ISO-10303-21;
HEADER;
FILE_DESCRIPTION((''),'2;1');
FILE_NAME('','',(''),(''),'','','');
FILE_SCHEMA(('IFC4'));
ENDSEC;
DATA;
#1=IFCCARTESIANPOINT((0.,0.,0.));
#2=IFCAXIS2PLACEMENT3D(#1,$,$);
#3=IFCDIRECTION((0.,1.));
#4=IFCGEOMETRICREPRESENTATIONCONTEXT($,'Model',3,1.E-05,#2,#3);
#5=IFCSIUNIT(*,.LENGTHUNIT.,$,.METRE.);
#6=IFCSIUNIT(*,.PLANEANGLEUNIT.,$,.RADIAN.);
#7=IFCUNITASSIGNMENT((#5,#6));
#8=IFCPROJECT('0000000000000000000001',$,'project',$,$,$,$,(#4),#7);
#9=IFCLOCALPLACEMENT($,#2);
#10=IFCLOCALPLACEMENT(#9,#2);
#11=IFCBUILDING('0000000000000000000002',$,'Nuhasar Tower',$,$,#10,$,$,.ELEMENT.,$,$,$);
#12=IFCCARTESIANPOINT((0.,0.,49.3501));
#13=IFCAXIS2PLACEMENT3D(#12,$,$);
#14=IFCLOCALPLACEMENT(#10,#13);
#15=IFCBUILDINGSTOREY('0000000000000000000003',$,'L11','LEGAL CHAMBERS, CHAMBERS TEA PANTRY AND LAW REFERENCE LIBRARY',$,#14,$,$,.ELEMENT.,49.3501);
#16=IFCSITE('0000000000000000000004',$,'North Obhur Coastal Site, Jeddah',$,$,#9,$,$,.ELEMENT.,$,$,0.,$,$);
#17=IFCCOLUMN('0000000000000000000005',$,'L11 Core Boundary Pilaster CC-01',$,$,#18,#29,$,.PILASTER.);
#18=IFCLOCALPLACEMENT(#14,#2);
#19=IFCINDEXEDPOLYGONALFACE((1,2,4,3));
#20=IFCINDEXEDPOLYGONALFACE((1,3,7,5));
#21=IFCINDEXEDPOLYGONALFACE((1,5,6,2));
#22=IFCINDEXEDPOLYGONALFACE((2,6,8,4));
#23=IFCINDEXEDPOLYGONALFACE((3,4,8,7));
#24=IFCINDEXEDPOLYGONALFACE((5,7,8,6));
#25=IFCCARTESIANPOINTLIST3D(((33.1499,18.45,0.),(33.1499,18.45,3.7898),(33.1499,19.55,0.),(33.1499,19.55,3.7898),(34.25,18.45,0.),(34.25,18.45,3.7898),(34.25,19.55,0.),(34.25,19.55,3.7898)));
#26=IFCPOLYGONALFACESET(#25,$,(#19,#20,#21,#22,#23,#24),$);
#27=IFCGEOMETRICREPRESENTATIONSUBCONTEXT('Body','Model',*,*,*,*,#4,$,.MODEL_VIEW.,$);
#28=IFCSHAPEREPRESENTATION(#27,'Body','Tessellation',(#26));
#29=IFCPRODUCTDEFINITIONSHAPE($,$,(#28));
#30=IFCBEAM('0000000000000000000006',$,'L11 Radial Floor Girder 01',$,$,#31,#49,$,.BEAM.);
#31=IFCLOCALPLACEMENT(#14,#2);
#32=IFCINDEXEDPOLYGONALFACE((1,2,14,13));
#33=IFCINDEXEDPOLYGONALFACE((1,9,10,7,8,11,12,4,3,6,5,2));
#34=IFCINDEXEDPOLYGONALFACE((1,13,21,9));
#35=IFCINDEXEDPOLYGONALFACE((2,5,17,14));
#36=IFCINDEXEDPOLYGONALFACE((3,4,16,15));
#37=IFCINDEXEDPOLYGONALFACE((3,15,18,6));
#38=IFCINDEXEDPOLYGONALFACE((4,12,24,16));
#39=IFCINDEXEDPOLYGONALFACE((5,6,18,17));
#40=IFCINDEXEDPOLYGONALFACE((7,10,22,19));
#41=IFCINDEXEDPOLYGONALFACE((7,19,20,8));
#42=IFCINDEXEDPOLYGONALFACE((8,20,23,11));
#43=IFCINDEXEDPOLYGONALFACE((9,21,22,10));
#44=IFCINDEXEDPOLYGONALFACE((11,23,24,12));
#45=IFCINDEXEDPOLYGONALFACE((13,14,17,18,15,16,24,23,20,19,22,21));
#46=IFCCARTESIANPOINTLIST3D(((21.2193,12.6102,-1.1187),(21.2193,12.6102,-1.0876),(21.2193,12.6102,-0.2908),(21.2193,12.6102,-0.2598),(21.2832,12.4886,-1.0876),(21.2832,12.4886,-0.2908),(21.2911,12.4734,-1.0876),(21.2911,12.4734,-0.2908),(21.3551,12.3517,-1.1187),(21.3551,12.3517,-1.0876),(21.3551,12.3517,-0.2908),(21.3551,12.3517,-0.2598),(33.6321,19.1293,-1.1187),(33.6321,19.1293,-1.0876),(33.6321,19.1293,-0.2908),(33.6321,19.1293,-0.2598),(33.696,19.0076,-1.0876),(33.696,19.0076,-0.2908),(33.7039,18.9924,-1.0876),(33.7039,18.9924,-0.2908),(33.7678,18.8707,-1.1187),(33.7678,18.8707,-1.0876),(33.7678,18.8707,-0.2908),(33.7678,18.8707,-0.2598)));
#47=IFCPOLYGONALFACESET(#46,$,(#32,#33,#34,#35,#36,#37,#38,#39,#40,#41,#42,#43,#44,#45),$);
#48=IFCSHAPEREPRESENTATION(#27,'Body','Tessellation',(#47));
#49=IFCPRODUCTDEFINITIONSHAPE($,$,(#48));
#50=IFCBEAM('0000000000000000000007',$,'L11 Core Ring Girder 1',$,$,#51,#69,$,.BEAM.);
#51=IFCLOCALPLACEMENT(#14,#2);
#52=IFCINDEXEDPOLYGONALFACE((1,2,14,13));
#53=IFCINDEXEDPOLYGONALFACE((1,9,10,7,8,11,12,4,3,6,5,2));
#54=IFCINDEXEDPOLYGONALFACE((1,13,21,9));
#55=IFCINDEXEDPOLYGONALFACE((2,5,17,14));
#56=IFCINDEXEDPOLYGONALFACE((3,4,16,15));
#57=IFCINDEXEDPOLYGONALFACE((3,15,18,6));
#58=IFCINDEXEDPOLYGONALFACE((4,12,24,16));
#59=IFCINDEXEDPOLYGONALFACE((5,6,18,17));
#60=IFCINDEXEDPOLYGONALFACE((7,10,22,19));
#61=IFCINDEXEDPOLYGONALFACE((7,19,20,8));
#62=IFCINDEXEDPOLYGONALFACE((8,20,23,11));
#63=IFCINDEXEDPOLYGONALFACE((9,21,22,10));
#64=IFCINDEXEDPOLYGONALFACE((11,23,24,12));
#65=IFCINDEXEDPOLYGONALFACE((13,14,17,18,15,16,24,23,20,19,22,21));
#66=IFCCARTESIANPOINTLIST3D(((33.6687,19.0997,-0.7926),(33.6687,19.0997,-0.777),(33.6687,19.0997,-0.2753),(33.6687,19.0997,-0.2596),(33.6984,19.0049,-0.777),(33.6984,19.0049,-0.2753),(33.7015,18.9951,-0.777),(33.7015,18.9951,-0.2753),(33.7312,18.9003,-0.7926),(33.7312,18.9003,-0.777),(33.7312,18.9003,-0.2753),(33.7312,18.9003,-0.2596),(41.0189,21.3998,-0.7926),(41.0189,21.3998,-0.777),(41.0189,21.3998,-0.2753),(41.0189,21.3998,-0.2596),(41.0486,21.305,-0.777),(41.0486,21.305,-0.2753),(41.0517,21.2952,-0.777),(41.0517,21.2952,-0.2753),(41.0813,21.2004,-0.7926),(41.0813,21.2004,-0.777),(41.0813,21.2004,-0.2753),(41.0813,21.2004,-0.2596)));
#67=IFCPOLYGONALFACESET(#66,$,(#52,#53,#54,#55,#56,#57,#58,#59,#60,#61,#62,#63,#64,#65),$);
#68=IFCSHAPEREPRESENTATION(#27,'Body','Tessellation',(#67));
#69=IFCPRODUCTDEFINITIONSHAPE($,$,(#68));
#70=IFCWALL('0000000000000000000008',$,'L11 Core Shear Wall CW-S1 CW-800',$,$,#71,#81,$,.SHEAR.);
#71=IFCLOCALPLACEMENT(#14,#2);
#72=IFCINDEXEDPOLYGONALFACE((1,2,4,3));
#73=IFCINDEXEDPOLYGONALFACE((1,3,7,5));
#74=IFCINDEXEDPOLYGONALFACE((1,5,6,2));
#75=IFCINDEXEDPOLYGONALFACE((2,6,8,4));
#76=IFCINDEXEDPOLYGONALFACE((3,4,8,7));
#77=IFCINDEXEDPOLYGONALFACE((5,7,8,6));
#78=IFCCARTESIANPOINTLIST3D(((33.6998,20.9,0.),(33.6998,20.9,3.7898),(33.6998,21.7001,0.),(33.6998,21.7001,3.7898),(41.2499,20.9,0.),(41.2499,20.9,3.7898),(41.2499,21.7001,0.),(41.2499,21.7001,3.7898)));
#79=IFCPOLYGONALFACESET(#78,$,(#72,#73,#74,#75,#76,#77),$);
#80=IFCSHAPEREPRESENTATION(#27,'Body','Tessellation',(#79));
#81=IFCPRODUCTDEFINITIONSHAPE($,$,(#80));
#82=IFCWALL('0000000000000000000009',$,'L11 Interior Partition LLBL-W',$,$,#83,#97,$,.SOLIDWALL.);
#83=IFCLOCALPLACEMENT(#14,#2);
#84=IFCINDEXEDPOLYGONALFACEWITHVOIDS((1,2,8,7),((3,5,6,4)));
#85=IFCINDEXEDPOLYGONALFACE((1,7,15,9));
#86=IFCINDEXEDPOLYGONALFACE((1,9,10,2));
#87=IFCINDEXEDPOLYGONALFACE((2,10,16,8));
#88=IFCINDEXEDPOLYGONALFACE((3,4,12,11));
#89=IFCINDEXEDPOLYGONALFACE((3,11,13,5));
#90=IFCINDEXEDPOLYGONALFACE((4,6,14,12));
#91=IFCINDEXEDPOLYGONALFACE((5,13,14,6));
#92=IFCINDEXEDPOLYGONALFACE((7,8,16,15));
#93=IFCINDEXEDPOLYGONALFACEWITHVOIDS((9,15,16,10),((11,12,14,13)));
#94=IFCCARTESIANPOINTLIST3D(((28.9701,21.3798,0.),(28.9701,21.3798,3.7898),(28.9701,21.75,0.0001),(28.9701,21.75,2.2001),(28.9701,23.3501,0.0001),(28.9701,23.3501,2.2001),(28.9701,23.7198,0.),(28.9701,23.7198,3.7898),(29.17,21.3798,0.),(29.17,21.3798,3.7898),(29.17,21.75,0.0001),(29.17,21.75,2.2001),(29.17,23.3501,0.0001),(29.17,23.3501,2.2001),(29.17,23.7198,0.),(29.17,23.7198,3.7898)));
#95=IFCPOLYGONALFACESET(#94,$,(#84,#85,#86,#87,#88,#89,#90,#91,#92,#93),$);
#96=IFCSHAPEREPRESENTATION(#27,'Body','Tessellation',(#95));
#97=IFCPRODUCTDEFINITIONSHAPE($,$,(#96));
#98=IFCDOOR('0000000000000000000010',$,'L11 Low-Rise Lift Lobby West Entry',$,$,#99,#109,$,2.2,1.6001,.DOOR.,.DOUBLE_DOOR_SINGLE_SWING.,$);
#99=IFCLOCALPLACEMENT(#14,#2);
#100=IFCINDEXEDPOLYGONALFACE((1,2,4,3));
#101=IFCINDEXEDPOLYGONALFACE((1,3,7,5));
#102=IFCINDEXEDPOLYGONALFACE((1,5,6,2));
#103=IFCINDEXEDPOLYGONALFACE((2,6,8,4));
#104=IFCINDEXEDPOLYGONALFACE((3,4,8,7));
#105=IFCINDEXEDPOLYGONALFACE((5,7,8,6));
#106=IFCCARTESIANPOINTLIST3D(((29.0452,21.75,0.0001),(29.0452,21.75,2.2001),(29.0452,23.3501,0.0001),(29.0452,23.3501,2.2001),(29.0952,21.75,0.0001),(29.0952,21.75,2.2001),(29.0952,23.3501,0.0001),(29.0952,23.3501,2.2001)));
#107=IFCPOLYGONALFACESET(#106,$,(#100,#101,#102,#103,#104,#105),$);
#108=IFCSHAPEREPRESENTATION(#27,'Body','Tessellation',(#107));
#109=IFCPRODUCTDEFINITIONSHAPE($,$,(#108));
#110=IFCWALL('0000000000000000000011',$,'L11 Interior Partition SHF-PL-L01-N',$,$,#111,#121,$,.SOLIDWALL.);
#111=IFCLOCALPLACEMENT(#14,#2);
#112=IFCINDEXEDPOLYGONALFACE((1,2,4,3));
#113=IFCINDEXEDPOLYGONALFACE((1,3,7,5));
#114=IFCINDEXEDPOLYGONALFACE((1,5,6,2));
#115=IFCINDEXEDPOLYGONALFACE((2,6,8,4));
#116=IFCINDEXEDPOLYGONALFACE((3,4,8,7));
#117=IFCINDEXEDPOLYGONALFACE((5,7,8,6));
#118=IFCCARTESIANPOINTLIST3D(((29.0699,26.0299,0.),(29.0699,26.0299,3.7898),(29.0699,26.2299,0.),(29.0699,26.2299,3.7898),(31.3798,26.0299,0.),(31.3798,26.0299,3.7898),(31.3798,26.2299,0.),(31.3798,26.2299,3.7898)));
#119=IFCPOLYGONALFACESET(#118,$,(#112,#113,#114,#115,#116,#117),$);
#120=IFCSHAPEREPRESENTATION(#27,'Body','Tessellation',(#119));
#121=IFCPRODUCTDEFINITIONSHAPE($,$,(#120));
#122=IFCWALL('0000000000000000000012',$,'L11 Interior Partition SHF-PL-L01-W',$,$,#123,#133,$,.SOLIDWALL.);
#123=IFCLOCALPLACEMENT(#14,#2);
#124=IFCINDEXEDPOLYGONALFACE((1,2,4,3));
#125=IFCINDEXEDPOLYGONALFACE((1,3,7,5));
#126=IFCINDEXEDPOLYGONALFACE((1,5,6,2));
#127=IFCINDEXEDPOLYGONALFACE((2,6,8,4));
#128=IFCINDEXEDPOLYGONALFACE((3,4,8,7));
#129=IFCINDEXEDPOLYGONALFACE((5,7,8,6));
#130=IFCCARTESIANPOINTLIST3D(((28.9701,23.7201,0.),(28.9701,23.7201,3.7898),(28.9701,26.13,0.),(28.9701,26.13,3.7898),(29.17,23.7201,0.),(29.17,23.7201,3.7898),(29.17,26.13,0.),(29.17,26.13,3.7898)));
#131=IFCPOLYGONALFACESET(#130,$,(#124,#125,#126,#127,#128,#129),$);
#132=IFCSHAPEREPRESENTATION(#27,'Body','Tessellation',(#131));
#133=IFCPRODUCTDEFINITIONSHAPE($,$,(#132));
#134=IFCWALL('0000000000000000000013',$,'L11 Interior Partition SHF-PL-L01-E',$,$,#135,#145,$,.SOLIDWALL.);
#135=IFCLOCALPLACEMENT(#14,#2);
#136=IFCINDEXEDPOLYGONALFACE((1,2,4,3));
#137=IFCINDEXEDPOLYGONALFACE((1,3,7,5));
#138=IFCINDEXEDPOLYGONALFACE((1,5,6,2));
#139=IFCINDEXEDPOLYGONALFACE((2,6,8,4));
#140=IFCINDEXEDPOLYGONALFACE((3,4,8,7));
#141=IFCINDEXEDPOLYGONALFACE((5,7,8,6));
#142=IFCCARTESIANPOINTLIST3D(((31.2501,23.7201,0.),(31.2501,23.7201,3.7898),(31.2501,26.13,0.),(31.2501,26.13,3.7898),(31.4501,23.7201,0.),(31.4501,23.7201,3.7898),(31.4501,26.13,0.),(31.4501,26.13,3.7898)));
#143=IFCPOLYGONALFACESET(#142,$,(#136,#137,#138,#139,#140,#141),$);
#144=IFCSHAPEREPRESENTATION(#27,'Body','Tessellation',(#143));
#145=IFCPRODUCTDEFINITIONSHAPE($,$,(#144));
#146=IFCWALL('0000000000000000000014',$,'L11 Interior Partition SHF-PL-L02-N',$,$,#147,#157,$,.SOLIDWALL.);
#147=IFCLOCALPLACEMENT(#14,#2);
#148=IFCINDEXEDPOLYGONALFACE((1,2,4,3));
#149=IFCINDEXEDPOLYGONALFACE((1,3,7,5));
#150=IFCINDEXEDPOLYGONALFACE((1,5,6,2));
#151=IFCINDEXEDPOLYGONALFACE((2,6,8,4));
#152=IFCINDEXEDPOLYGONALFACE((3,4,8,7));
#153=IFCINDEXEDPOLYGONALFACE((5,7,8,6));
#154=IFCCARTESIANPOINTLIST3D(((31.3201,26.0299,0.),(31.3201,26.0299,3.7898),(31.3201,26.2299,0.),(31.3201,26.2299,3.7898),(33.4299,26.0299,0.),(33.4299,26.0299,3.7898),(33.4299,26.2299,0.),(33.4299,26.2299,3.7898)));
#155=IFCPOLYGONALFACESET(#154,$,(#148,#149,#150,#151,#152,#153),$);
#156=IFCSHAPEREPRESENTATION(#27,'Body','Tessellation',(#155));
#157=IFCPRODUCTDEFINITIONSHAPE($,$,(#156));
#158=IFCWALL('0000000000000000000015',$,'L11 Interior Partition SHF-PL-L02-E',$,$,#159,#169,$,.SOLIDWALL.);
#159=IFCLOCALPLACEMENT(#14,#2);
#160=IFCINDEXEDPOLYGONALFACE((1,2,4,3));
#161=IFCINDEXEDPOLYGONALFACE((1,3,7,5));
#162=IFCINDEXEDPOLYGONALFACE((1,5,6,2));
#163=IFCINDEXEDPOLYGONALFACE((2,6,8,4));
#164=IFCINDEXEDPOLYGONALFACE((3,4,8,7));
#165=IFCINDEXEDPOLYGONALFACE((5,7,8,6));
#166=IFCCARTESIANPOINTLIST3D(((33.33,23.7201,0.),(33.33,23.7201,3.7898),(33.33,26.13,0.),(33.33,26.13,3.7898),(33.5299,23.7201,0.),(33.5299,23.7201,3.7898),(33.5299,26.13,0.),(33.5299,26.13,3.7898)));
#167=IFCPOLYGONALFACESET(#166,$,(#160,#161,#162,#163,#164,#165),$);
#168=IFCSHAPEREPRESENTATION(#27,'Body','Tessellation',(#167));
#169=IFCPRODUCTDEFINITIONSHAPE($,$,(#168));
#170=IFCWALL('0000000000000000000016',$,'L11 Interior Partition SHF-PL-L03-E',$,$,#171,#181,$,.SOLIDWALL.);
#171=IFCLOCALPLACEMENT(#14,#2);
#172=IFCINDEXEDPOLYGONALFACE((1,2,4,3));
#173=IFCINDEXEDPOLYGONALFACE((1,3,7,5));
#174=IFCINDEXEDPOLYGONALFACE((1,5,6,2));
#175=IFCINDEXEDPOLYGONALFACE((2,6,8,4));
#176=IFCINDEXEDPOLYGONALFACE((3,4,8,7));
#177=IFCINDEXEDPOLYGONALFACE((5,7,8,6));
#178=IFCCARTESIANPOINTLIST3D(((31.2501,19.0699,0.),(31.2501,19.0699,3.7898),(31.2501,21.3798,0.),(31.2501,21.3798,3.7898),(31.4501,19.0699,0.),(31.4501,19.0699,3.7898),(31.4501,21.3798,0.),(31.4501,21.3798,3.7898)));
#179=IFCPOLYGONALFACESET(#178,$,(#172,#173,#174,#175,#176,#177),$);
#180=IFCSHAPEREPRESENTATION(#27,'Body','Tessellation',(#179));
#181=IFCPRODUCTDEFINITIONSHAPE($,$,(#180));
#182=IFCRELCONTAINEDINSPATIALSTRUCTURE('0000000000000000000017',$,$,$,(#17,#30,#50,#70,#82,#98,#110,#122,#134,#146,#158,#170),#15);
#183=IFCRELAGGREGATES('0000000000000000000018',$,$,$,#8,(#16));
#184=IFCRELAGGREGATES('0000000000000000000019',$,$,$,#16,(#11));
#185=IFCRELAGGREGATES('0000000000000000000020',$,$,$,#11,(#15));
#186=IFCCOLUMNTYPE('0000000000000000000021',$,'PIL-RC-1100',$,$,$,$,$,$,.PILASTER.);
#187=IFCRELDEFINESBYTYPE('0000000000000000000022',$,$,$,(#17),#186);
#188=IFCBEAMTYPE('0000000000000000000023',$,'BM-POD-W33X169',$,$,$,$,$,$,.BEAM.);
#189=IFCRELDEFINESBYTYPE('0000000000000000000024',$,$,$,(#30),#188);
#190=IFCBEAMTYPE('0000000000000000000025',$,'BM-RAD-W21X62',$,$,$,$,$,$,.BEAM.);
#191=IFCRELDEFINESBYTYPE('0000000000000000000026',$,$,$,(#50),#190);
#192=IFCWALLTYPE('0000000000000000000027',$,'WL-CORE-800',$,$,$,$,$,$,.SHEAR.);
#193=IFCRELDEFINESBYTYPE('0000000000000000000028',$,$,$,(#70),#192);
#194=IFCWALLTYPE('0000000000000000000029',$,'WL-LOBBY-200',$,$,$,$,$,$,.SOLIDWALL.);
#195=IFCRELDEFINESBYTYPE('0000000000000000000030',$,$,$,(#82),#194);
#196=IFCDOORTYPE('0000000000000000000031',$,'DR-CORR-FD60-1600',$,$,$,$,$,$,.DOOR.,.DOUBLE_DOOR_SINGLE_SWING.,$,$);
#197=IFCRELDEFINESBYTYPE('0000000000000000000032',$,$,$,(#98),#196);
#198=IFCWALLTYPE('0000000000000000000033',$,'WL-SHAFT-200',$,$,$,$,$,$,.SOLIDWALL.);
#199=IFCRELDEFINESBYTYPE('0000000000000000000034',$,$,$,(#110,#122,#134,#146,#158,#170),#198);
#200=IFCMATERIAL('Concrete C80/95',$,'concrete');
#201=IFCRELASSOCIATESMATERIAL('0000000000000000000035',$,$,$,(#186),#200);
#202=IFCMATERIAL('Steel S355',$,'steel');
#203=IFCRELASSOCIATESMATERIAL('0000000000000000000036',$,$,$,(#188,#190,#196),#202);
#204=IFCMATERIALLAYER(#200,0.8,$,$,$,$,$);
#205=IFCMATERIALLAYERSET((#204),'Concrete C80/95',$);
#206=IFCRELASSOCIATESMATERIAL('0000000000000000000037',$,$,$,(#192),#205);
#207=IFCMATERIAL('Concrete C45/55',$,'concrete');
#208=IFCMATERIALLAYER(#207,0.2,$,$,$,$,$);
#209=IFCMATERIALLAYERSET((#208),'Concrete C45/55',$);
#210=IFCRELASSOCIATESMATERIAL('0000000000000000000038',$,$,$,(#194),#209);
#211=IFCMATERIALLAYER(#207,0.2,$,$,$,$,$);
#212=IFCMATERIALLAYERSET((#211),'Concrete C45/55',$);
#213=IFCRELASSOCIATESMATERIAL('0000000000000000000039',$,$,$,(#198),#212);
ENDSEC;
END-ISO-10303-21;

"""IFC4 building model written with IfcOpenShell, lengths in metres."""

from ifc_helpers import new_model, si_unit, direction, frame, frame_2d, origin, origin_2d, place, context, subcontext, project, spatial, rectangle, i_section, extrude, material, layer, layer_set, material_profile, profile_set, type_object, element, fill, save


model = new_model("IFC4")

# Units and contexts
model_context = context("Model", 3, precision=1e-05, world=origin(), true_north=direction((0.0, 1.0)))
body_context = subcontext(model_context, "Body", "Model", "MODEL_VIEW")
ifc_project = project(units=[si_unit("LENGTHUNIT", "METRE"), si_unit("PLANEANGLEUNIT", "RADIAN")], contexts=[model_context])

# Site, building, storey
site_placement = place(None, origin())
site = spatial("IfcSite", under=ifc_project, at=site_placement, Name="North Obhur Coastal Site, Jeddah", CompositionType="ELEMENT", RefElevation=0.0)
building_placement = place(site_placement, origin())
building = spatial("IfcBuilding", under=site, at=building_placement, Name="Nuhasar Tower", CompositionType="ELEMENT")
storey_placement = place(building_placement, frame((0.0, 0.0, 49.3501)))
storey = spatial("IfcBuildingStorey", under=building, at=storey_placement, Name="L11", Description="LEGAL CHAMBERS, CHAMBERS TEA PANTRY AND LAW REFERENCE LIBRARY", CompositionType="ELEMENT", Elevation=49.3501)

# Column
ifc_material_1 = material(Name="Concrete C80/95", Category="concrete")
ifc_material_profile_1 = material_profile(ifc_material_1, rectangle(XDim=1.1001, YDim=1.1001, at=origin_2d()), Name="RC1100X1100")
ifc_profile_set_1 = profile_set([ifc_material_profile_1], Name="Concrete C80/95")
column_type = type_object("IfcColumnType", Name="PIL-RC-1100", PredefinedType="PILASTER", material=ifc_profile_set_1)
column_placement = place(storey_placement, frame((33.7, 19.0, 0.0), z_axis=(0.0, 0.0, 1.0), x_axis=(1.0, 0.0, 0.0)))
element("IfcColumn", 1, at=column_placement, inside=storey, type_object=column_type, Name="L11 Core Boundary Pilaster CC-01", PredefinedType="PILASTER", context=body_context, shape_type="SweptSolid", body=[
    extrude(rectangle(XDim=1.1001, YDim=1.1001, at=origin_2d()), origin(), (0.0, 0.0, 1.0), 3.7898),
])

# Beams
ifc_material_2 = material(Name="Steel S355", Category="steel")
ifc_material_profile_2 = material_profile(ifc_material_2, i_section(OverallWidth=0.292, OverallDepth=0.8589, WebThickness=0.0171, FlangeThickness=0.031, at=origin_2d()), Name="W33X169")
ifc_profile_set_2 = profile_set([ifc_material_profile_2], Name="Steel S355")
beam_type_1 = type_object("IfcBeamType", Name="BM-POD-W33X169", PredefinedType="BEAM", material=ifc_profile_set_2)
beam_1_placement = place(storey_placement, frame((33.7, 19.0, -0.6892), z_axis=(-0.88533, -0.464963, 0.0), x_axis=(0.464963, -0.88533, 0.0)))
element("IfcBeam", 2, at=beam_1_placement, inside=storey, type_object=beam_type_1, Name="L11 Radial Floor Girder 01", PredefinedType="BEAM", context=body_context, shape_type="SweptSolid", body=[
    extrude(i_section(OverallWidth=0.292, OverallDepth=0.8589, WebThickness=0.0171, FlangeThickness=0.031, at=origin_2d()), origin(), (0.0, 0.0, 1.0), 14.0205),
])
ifc_material_profile_3 = material_profile(ifc_material_2, i_section(OverallWidth=0.209, OverallDepth=0.533, WebThickness=0.0103, FlangeThickness=0.0156, at=origin_2d()), Name="W21X62")
ifc_profile_set_3 = profile_set([ifc_material_profile_3], Name="Steel S355")
beam_type_2 = type_object("IfcBeamType", Name="BM-RAD-W21X62", PredefinedType="BEAM", material=ifc_profile_set_3)
beam_2_placement = place(storey_placement, frame((33.7, 19.0, -0.5261), z_axis=(0.954364, 0.298647, 0.0), x_axis=(-0.298647, 0.954364, 0.0)))
element("IfcBeam", 3, at=beam_2_placement, inside=storey, type_object=beam_type_2, Name="L11 Core Ring Girder 1", PredefinedType="BEAM", context=body_context, shape_type="SweptSolid", body=[
    extrude(i_section(OverallWidth=0.209, OverallDepth=0.533, WebThickness=0.0103, FlangeThickness=0.0156, at=origin_2d()), origin(), (0.0, 0.0, 1.0), 7.7017),
])

# Wall
ifc_layer_1 = layer(ifc_material_1, 0.8)
ifc_layer_set_1 = layer_set([ifc_layer_1], Name="Concrete C80/95")
wall_type_1 = type_object("IfcWallType", Name="WL-CORE-800", PredefinedType="SHEAR", material=ifc_layer_set_1)
wall_1_placement = place(storey_placement, frame((33.7, 21.3, 0.0), z_axis=(0.0, 0.0, 1.0), x_axis=(1.0, 0.0, 0.0)))
element("IfcWall", 4, at=wall_1_placement, inside=storey, type_object=wall_type_1, Name="L11 Core Shear Wall CW-S1 CW-800", PredefinedType="SHEAR", context=body_context, shape_type="SweptSolid", body=[
    extrude(rectangle(XDim=7.55, YDim=0.8, at=frame_2d((3.7749, 0.0))), origin(), (0.0, 0.0, 1.0), 3.7898),
])

# Wall, opening, door
ifc_material_3 = material(Name="Concrete C45/55", Category="concrete")
ifc_layer_2 = layer(ifc_material_3, 0.2)
ifc_layer_set_2 = layer_set([ifc_layer_2], Name="Concrete C45/55")
wall_type_2 = type_object("IfcWallType", Name="WL-LOBBY-200", PredefinedType="SOLIDWALL", material=ifc_layer_set_2)
wall_2_placement = place(storey_placement, frame((29.0701, 21.3799, 0.0), z_axis=(0.0, 0.0, 1.0), x_axis=(0.0, 1.0, 0.0)))
wall_2 = element("IfcWall", 5, at=wall_2_placement, inside=storey, type_object=wall_type_2, Name="L11 Interior Partition LLBL-W", PredefinedType="SOLIDWALL", context=body_context, shape_type="SweptSolid", body=[
    extrude(rectangle(XDim=2.3401, YDim=0.2, at=frame_2d((1.1699, 0.0))), origin(), (0.0, 0.0, 1.0), 3.7898),
])
opening_1_placement = place(wall_2_placement, frame((0.3701, 0.0, 0.0)))
opening_1 = element("IfcOpeningElement", 6, at=opening_1_placement, cuts=wall_2, PredefinedType="OPENING", context=body_context, shape_type="SweptSolid", body=[
    extrude(rectangle(XDim=1.6001, YDim=2.2, at=frame_2d((0.8, 1.1001))), frame((0.0, 0.1099, 0.0), z_axis=(0.0, -1.0, 0.0), x_axis=(1.0, 0.0, 0.0)), (0.0, 0.0, 1.0), 0.22),
])
door_type_1 = type_object("IfcDoorType", Name="DR-CORR-FD60-1600", OperationType="DOUBLE_DOOR_SINGLE_SWING", PredefinedType="DOOR", material=ifc_material_2)
door_1_placement = place(opening_1_placement, origin())
door_1 = element("IfcDoor", 7, at=door_1_placement, inside=storey, type_object=door_type_1, Name="L11 Low-Rise Lift Lobby West Entry", OperationType="DOUBLE_DOOR_SINGLE_SWING", OverallHeight=2.2, OverallWidth=1.6001, PredefinedType="DOOR", context=body_context, shape_type="SweptSolid", body=[
    extrude(rectangle(XDim=1.6001, YDim=2.2, at=frame_2d((0.8, 1.1001))), frame((0.0, 0.0249, 0.0), z_axis=(0.0, -1.0, 0.0), x_axis=(1.0, 0.0, 0.0)), (0.0, 0.0, 1.0), 0.05),
])
fill(opening_1, door_1)
ifc_layer_3 = layer(ifc_material_3, 0.2)
ifc_layer_set_3 = layer_set([ifc_layer_3], Name="Concrete C45/55")
wall_type_3 = type_object("IfcWallType", Name="WL-SHAFT-200", PredefinedType="SOLIDWALL", material=ifc_layer_set_3)

# Walls
wall_3_placement = place(storey_placement, frame((29.0701, 26.1299, 0.0), z_axis=(0.0, 0.0, 1.0), x_axis=(1.0, 0.0, 0.0)))
element("IfcWall", 8, at=wall_3_placement, inside=storey, type_object=wall_type_3, Name="L11 Interior Partition SHF-PL-L01-N", PredefinedType="SOLIDWALL", context=body_context, shape_type="SweptSolid", body=[
    extrude(rectangle(XDim=2.3098, YDim=0.2, at=frame_2d((1.1548, 0.0))), origin(), (0.0, 0.0, 1.0), 3.7898),
])
for number, where, z_axis, x_axis, name in (
    (9, (29.0701, 23.72, 0.0), (0.0, 0.0, 1.0), (0.0, 1.0, 0.0), "L11 Interior Partition SHF-PL-L01-W"),
    (10, (31.3501, 23.72, 0.0), (0.0, 0.0, 1.0), (0.0, 1.0, 0.0), "L11 Interior Partition SHF-PL-L01-E"),
):
    element("IfcWall", number, at=place(storey_placement, frame(where, z_axis=z_axis, x_axis=x_axis)), inside=storey, type_object=wall_type_3, Name=name, PredefinedType="SOLIDWALL", context=body_context, shape_type="SweptSolid", body=[
        extrude(rectangle(XDim=2.4099, YDim=0.2, at=frame_2d((1.2051, 0.0))), origin(), (0.0, 0.0, 1.0), 3.7898),
    ])

# Walls
wall_4_placement = place(storey_placement, frame((31.3201, 26.1299, 0.0), z_axis=(0.0, 0.0, 1.0), x_axis=(1.0, 0.0, 0.0)))
element("IfcWall", 11, at=wall_4_placement, inside=storey, type_object=wall_type_3, Name="L11 Interior Partition SHF-PL-L02-N", PredefinedType="SOLIDWALL", context=body_context, shape_type="SweptSolid", body=[
    extrude(rectangle(XDim=2.1099, YDim=0.2, at=frame_2d((1.0549, 0.0))), origin(), (0.0, 0.0, 1.0), 3.7898),
])
wall_5_placement = place(storey_placement, frame((33.4299, 23.72, 0.0), z_axis=(0.0, 0.0, 1.0), x_axis=(0.0, 1.0, 0.0)))
element("IfcWall", 12, at=wall_5_placement, inside=storey, type_object=wall_type_3, Name="L11 Interior Partition SHF-PL-L02-E", PredefinedType="SOLIDWALL", context=body_context, shape_type="SweptSolid", body=[
    extrude(rectangle(XDim=2.4099, YDim=0.2, at=frame_2d((1.2051, 0.0))), origin(), (0.0, 0.0, 1.0), 3.7898),
])
wall_6_placement = place(storey_placement, frame((31.3501, 19.0701, 0.0), z_axis=(0.0, 0.0, 1.0), x_axis=(0.0, 1.0, 0.0)))
element("IfcWall", 13, at=wall_6_placement, inside=storey, type_object=wall_type_3, Name="L11 Interior Partition SHF-PL-L03-E", PredefinedType="SOLIDWALL", context=body_context, shape_type="SweptSolid", body=[
    extrude(rectangle(XDim=2.3098, YDim=0.2, at=frame_2d((1.1548, 0.0))), origin(), (0.0, 0.0, 1.0), 3.7898),
])

save(model, "model.ifc")
